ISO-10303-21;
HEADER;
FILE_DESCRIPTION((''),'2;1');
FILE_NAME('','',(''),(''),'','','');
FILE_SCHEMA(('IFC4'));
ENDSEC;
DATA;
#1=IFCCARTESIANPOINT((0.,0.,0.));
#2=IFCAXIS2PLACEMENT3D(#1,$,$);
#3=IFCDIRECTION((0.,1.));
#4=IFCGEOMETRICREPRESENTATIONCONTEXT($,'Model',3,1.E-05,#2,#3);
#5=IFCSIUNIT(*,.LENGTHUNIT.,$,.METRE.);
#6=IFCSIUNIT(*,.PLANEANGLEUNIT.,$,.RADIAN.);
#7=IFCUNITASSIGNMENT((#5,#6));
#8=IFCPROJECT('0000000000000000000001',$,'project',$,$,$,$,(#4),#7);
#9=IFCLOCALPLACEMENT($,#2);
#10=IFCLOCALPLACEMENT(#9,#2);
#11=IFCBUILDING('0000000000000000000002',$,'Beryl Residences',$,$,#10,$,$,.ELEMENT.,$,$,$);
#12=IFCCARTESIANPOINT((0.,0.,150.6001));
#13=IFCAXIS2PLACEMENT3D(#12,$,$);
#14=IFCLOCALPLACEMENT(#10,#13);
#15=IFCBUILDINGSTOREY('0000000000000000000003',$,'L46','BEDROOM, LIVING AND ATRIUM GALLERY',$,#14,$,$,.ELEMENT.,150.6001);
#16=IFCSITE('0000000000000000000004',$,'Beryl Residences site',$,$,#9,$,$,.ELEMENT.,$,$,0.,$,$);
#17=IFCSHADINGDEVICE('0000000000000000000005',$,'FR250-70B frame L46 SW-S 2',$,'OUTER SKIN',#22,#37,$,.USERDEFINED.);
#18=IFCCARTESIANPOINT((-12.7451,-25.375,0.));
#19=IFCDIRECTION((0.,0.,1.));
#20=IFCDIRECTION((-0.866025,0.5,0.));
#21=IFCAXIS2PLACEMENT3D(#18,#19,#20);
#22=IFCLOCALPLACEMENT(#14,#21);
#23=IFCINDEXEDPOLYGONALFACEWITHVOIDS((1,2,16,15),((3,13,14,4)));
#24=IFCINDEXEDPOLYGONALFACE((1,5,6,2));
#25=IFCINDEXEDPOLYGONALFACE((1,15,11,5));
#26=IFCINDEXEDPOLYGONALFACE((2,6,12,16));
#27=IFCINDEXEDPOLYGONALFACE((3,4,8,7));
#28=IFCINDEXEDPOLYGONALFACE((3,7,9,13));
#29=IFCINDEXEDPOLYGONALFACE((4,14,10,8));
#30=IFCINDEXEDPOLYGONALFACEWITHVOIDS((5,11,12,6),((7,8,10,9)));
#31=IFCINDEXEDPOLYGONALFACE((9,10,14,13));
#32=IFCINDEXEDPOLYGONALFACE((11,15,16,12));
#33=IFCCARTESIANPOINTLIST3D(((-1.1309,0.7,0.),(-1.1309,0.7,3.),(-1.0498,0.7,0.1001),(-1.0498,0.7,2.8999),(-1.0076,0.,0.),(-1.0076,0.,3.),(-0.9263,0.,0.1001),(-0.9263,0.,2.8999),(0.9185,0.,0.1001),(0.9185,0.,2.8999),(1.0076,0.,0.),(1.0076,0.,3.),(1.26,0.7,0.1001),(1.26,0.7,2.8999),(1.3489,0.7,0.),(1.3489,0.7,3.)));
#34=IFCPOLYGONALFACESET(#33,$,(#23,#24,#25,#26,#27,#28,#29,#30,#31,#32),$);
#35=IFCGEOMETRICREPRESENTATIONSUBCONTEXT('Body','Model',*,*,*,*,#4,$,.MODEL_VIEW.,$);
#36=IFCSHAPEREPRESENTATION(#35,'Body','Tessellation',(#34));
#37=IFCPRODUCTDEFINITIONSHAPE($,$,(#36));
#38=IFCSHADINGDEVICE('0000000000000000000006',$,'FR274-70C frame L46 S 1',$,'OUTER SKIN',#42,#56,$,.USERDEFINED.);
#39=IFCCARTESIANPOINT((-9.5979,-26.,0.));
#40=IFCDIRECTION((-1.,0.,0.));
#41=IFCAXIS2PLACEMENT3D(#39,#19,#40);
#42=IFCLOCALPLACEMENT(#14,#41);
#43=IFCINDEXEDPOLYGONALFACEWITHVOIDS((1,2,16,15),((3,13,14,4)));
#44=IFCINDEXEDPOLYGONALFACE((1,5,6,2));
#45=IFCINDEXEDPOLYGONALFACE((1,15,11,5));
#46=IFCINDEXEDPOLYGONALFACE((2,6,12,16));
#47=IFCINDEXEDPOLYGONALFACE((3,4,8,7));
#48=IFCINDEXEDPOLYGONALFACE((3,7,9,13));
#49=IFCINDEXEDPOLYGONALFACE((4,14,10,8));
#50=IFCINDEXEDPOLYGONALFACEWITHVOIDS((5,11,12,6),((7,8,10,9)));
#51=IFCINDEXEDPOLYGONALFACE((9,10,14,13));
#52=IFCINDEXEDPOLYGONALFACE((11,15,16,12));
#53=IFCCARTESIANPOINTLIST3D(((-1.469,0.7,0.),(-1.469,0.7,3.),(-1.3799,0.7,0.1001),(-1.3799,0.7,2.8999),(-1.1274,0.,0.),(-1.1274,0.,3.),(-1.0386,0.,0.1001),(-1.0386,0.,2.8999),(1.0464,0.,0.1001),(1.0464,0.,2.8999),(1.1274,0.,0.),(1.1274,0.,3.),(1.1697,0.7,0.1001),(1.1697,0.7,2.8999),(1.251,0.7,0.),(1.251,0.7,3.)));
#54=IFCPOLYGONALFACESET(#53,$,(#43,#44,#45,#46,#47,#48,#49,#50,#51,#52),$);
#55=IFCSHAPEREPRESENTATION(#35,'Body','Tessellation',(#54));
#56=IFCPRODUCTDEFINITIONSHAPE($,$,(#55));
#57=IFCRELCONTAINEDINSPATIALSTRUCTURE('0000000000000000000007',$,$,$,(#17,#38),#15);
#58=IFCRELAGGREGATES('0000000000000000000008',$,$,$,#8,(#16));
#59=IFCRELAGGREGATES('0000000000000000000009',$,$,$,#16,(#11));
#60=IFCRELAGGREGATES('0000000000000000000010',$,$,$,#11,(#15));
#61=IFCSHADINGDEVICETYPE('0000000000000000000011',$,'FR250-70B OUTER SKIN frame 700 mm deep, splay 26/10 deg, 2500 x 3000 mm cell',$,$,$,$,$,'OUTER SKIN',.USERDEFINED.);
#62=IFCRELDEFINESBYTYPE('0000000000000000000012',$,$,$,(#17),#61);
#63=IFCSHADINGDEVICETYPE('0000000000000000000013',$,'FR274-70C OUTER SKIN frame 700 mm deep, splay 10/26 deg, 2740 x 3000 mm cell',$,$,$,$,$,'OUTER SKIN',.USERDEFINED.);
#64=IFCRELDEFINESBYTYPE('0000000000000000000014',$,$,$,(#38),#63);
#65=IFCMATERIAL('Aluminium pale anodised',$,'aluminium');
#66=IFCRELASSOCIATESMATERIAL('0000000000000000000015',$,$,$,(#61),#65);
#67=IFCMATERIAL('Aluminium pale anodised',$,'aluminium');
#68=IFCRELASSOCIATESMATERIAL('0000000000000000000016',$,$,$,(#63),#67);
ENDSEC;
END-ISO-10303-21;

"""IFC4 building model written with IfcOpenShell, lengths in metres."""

from ifc_helpers import new_model, entity, si_unit, direction, frame, origin, place, context, subcontext, project, spatial, source, transform, mapped, material, type_object, type_shapes, element, save


model = new_model("IFC4")

# Units and contexts
model_context = context("Model", 3, precision=1e-05, world=origin(), true_north=direction((0.0, 1.0)))
body_context = subcontext(model_context, "Body", "Model", "MODEL_VIEW")
ifc_project = project(units=[si_unit("LENGTHUNIT", "METRE"), si_unit("PLANEANGLEUNIT", "RADIAN")], contexts=[model_context])

# Site, building, storey
site_placement = place(None, origin())
site = spatial("IfcSite", under=ifc_project, at=site_placement, Name="Beryl Residences site", CompositionType="ELEMENT", RefElevation=0.0)
building_placement = place(site_placement, origin())
building = spatial("IfcBuilding", under=site, at=building_placement, Name="Beryl Residences", CompositionType="ELEMENT")
storey_placement = place(building_placement, frame((0.0, 0.0, 150.6001)))
storey = spatial("IfcBuildingStorey", under=building, at=storey_placement, Name="L46", Description="BEDROOM, LIVING AND ATRIUM GALLERY", CompositionType="ELEMENT", Elevation=150.6001)

# Shading devices
ifc_material_1 = material(Name="Aluminium pale anodised", Category="aluminium")
shading_device_type_1 = type_object("IfcShadingDeviceType", Name="FR250-70B OUTER SKIN frame 700 mm deep, splay 26/10 deg, 2500 x 3000 mm cell", ElementType="OUTER SKIN", PredefinedType="USERDEFINED", material=ifc_material_1)
cartesian_point_1 = entity("IfcCartesianPoint", [-1.0076, 0.0])
cartesian_point_2 = entity("IfcCartesianPoint", [-0.9185, 0.1001])
cartesian_point_3 = entity("IfcCartesianPoint", [-1.3489, 0.0])
cartesian_point_4 = entity("IfcCartesianPoint", [-1.26, 0.1001])
shared_shape_1 = source(origin(), body_context, "Body", "SweptSolid", [
    entity("IfcExtrudedAreaSolidTapered", entity("IfcArbitraryProfileDefWithVoids", "AREA", None, entity("IfcPolyline", [cartesian_point_1, entity("IfcCartesianPoint", [1.0076, 0.0]), entity("IfcCartesianPoint", [1.0076, 3.0]), entity("IfcCartesianPoint", [-1.0076, 3.0]), cartesian_point_1]), [entity("IfcPolyline", [cartesian_point_2, entity("IfcCartesianPoint", [0.9263, 0.1001]), entity("IfcCartesianPoint", [0.9263, 2.8999]), entity("IfcCartesianPoint", [-0.9185, 2.8999]), cartesian_point_2])]), entity("IfcAxis2Placement3D", entity("IfcCartesianPoint", [0.0, 0.0, 0.0]), entity("IfcDirection", [0.0, 1.0, 0.0]), entity("IfcDirection", [-1.0, 0.0, 0.0])), entity("IfcDirection", [0.0, 0.0, 1.0]), 0.7, entity("IfcArbitraryProfileDefWithVoids", "AREA", None, entity("IfcPolyline", [cartesian_point_3, entity("IfcCartesianPoint", [1.1309, 0.0]), entity("IfcCartesianPoint", [1.1309, 3.0]), entity("IfcCartesianPoint", [-1.3489, 3.0]), cartesian_point_3]), [entity("IfcPolyline", [cartesian_point_4, entity("IfcCartesianPoint", [1.0498, 0.1001]), entity("IfcCartesianPoint", [1.0498, 2.8999]), entity("IfcCartesianPoint", [-1.26, 2.8999]), cartesian_point_4])])),
])
type_shapes(shading_device_type_1, [shared_shape_1])
shading_device_1_placement = place(storey_placement, frame((-12.7451, -25.375, 0.0), z_axis=(0.0, 0.0, 1.0), x_axis=(-0.866025, 0.5, 0.0)))
element("IfcShadingDevice", 1, at=shading_device_1_placement, inside=storey, type_object=shading_device_type_1, Name="FR250-70B frame L46 SW-S 2", ObjectType="OUTER SKIN", PredefinedType="USERDEFINED", context=body_context, shape_type="MappedRepresentation", body=[
    mapped(shared_shape_1, transform((0.0, 0.0, 0.0))),
])
ifc_material_2 = material(Name="Aluminium pale anodised", Category="aluminium")
shading_device_type_2 = type_object("IfcShadingDeviceType", Name="FR274-70C OUTER SKIN frame 700 mm deep, splay 10/26 deg, 2740 x 3000 mm cell", ElementType="OUTER SKIN", PredefinedType="USERDEFINED", material=ifc_material_2)
cartesian_point_5 = entity("IfcCartesianPoint", [-1.1274, 0.0])
cartesian_point_6 = entity("IfcCartesianPoint", [-1.0464, 0.1001])
cartesian_point_7 = entity("IfcCartesianPoint", [-1.251, 0.0])
cartesian_point_8 = entity("IfcCartesianPoint", [-1.1697, 0.1001])
shared_shape_2 = source(origin(), body_context, "Body", "SweptSolid", [
    entity("IfcExtrudedAreaSolidTapered", entity("IfcArbitraryProfileDefWithVoids", "AREA", None, entity("IfcPolyline", [cartesian_point_5, entity("IfcCartesianPoint", [1.1274, 0.0]), entity("IfcCartesianPoint", [1.1274, 3.0]), entity("IfcCartesianPoint", [-1.1274, 3.0]), cartesian_point_5]), [entity("IfcPolyline", [cartesian_point_6, entity("IfcCartesianPoint", [1.0386, 0.1001]), entity("IfcCartesianPoint", [1.0386, 2.8999]), entity("IfcCartesianPoint", [-1.0464, 2.8999]), cartesian_point_6])]), entity("IfcAxis2Placement3D", entity("IfcCartesianPoint", [0.0, 0.0, 0.0]), entity("IfcDirection", [0.0, 1.0, 0.0]), entity("IfcDirection", [-1.0, 0.0, 0.0])), entity("IfcDirection", [0.0, 0.0, 1.0]), 0.7, entity("IfcArbitraryProfileDefWithVoids", "AREA", None, entity("IfcPolyline", [cartesian_point_7, entity("IfcCartesianPoint", [1.469, 0.0]), entity("IfcCartesianPoint", [1.469, 3.0]), entity("IfcCartesianPoint", [-1.251, 3.0]), cartesian_point_7]), [entity("IfcPolyline", [cartesian_point_8, entity("IfcCartesianPoint", [1.3799, 0.1001]), entity("IfcCartesianPoint", [1.3799, 2.8999]), entity("IfcCartesianPoint", [-1.1697, 2.8999]), cartesian_point_8])])),
])
type_shapes(shading_device_type_2, [shared_shape_2])
shading_device_2_placement = place(storey_placement, frame((-9.5979, -26.0, 0.0), z_axis=(0.0, 0.0, 1.0), x_axis=(-1.0, 0.0, 0.0)))
element("IfcShadingDevice", 2, at=shading_device_2_placement, inside=storey, type_object=shading_device_type_2, Name="FR274-70C frame L46 S 1", ObjectType="OUTER SKIN", PredefinedType="USERDEFINED", context=body_context, shape_type="MappedRepresentation", body=[
    mapped(shared_shape_2, transform((0.0, 0.0, 0.0))),
])

save(model, "model.ifc")
